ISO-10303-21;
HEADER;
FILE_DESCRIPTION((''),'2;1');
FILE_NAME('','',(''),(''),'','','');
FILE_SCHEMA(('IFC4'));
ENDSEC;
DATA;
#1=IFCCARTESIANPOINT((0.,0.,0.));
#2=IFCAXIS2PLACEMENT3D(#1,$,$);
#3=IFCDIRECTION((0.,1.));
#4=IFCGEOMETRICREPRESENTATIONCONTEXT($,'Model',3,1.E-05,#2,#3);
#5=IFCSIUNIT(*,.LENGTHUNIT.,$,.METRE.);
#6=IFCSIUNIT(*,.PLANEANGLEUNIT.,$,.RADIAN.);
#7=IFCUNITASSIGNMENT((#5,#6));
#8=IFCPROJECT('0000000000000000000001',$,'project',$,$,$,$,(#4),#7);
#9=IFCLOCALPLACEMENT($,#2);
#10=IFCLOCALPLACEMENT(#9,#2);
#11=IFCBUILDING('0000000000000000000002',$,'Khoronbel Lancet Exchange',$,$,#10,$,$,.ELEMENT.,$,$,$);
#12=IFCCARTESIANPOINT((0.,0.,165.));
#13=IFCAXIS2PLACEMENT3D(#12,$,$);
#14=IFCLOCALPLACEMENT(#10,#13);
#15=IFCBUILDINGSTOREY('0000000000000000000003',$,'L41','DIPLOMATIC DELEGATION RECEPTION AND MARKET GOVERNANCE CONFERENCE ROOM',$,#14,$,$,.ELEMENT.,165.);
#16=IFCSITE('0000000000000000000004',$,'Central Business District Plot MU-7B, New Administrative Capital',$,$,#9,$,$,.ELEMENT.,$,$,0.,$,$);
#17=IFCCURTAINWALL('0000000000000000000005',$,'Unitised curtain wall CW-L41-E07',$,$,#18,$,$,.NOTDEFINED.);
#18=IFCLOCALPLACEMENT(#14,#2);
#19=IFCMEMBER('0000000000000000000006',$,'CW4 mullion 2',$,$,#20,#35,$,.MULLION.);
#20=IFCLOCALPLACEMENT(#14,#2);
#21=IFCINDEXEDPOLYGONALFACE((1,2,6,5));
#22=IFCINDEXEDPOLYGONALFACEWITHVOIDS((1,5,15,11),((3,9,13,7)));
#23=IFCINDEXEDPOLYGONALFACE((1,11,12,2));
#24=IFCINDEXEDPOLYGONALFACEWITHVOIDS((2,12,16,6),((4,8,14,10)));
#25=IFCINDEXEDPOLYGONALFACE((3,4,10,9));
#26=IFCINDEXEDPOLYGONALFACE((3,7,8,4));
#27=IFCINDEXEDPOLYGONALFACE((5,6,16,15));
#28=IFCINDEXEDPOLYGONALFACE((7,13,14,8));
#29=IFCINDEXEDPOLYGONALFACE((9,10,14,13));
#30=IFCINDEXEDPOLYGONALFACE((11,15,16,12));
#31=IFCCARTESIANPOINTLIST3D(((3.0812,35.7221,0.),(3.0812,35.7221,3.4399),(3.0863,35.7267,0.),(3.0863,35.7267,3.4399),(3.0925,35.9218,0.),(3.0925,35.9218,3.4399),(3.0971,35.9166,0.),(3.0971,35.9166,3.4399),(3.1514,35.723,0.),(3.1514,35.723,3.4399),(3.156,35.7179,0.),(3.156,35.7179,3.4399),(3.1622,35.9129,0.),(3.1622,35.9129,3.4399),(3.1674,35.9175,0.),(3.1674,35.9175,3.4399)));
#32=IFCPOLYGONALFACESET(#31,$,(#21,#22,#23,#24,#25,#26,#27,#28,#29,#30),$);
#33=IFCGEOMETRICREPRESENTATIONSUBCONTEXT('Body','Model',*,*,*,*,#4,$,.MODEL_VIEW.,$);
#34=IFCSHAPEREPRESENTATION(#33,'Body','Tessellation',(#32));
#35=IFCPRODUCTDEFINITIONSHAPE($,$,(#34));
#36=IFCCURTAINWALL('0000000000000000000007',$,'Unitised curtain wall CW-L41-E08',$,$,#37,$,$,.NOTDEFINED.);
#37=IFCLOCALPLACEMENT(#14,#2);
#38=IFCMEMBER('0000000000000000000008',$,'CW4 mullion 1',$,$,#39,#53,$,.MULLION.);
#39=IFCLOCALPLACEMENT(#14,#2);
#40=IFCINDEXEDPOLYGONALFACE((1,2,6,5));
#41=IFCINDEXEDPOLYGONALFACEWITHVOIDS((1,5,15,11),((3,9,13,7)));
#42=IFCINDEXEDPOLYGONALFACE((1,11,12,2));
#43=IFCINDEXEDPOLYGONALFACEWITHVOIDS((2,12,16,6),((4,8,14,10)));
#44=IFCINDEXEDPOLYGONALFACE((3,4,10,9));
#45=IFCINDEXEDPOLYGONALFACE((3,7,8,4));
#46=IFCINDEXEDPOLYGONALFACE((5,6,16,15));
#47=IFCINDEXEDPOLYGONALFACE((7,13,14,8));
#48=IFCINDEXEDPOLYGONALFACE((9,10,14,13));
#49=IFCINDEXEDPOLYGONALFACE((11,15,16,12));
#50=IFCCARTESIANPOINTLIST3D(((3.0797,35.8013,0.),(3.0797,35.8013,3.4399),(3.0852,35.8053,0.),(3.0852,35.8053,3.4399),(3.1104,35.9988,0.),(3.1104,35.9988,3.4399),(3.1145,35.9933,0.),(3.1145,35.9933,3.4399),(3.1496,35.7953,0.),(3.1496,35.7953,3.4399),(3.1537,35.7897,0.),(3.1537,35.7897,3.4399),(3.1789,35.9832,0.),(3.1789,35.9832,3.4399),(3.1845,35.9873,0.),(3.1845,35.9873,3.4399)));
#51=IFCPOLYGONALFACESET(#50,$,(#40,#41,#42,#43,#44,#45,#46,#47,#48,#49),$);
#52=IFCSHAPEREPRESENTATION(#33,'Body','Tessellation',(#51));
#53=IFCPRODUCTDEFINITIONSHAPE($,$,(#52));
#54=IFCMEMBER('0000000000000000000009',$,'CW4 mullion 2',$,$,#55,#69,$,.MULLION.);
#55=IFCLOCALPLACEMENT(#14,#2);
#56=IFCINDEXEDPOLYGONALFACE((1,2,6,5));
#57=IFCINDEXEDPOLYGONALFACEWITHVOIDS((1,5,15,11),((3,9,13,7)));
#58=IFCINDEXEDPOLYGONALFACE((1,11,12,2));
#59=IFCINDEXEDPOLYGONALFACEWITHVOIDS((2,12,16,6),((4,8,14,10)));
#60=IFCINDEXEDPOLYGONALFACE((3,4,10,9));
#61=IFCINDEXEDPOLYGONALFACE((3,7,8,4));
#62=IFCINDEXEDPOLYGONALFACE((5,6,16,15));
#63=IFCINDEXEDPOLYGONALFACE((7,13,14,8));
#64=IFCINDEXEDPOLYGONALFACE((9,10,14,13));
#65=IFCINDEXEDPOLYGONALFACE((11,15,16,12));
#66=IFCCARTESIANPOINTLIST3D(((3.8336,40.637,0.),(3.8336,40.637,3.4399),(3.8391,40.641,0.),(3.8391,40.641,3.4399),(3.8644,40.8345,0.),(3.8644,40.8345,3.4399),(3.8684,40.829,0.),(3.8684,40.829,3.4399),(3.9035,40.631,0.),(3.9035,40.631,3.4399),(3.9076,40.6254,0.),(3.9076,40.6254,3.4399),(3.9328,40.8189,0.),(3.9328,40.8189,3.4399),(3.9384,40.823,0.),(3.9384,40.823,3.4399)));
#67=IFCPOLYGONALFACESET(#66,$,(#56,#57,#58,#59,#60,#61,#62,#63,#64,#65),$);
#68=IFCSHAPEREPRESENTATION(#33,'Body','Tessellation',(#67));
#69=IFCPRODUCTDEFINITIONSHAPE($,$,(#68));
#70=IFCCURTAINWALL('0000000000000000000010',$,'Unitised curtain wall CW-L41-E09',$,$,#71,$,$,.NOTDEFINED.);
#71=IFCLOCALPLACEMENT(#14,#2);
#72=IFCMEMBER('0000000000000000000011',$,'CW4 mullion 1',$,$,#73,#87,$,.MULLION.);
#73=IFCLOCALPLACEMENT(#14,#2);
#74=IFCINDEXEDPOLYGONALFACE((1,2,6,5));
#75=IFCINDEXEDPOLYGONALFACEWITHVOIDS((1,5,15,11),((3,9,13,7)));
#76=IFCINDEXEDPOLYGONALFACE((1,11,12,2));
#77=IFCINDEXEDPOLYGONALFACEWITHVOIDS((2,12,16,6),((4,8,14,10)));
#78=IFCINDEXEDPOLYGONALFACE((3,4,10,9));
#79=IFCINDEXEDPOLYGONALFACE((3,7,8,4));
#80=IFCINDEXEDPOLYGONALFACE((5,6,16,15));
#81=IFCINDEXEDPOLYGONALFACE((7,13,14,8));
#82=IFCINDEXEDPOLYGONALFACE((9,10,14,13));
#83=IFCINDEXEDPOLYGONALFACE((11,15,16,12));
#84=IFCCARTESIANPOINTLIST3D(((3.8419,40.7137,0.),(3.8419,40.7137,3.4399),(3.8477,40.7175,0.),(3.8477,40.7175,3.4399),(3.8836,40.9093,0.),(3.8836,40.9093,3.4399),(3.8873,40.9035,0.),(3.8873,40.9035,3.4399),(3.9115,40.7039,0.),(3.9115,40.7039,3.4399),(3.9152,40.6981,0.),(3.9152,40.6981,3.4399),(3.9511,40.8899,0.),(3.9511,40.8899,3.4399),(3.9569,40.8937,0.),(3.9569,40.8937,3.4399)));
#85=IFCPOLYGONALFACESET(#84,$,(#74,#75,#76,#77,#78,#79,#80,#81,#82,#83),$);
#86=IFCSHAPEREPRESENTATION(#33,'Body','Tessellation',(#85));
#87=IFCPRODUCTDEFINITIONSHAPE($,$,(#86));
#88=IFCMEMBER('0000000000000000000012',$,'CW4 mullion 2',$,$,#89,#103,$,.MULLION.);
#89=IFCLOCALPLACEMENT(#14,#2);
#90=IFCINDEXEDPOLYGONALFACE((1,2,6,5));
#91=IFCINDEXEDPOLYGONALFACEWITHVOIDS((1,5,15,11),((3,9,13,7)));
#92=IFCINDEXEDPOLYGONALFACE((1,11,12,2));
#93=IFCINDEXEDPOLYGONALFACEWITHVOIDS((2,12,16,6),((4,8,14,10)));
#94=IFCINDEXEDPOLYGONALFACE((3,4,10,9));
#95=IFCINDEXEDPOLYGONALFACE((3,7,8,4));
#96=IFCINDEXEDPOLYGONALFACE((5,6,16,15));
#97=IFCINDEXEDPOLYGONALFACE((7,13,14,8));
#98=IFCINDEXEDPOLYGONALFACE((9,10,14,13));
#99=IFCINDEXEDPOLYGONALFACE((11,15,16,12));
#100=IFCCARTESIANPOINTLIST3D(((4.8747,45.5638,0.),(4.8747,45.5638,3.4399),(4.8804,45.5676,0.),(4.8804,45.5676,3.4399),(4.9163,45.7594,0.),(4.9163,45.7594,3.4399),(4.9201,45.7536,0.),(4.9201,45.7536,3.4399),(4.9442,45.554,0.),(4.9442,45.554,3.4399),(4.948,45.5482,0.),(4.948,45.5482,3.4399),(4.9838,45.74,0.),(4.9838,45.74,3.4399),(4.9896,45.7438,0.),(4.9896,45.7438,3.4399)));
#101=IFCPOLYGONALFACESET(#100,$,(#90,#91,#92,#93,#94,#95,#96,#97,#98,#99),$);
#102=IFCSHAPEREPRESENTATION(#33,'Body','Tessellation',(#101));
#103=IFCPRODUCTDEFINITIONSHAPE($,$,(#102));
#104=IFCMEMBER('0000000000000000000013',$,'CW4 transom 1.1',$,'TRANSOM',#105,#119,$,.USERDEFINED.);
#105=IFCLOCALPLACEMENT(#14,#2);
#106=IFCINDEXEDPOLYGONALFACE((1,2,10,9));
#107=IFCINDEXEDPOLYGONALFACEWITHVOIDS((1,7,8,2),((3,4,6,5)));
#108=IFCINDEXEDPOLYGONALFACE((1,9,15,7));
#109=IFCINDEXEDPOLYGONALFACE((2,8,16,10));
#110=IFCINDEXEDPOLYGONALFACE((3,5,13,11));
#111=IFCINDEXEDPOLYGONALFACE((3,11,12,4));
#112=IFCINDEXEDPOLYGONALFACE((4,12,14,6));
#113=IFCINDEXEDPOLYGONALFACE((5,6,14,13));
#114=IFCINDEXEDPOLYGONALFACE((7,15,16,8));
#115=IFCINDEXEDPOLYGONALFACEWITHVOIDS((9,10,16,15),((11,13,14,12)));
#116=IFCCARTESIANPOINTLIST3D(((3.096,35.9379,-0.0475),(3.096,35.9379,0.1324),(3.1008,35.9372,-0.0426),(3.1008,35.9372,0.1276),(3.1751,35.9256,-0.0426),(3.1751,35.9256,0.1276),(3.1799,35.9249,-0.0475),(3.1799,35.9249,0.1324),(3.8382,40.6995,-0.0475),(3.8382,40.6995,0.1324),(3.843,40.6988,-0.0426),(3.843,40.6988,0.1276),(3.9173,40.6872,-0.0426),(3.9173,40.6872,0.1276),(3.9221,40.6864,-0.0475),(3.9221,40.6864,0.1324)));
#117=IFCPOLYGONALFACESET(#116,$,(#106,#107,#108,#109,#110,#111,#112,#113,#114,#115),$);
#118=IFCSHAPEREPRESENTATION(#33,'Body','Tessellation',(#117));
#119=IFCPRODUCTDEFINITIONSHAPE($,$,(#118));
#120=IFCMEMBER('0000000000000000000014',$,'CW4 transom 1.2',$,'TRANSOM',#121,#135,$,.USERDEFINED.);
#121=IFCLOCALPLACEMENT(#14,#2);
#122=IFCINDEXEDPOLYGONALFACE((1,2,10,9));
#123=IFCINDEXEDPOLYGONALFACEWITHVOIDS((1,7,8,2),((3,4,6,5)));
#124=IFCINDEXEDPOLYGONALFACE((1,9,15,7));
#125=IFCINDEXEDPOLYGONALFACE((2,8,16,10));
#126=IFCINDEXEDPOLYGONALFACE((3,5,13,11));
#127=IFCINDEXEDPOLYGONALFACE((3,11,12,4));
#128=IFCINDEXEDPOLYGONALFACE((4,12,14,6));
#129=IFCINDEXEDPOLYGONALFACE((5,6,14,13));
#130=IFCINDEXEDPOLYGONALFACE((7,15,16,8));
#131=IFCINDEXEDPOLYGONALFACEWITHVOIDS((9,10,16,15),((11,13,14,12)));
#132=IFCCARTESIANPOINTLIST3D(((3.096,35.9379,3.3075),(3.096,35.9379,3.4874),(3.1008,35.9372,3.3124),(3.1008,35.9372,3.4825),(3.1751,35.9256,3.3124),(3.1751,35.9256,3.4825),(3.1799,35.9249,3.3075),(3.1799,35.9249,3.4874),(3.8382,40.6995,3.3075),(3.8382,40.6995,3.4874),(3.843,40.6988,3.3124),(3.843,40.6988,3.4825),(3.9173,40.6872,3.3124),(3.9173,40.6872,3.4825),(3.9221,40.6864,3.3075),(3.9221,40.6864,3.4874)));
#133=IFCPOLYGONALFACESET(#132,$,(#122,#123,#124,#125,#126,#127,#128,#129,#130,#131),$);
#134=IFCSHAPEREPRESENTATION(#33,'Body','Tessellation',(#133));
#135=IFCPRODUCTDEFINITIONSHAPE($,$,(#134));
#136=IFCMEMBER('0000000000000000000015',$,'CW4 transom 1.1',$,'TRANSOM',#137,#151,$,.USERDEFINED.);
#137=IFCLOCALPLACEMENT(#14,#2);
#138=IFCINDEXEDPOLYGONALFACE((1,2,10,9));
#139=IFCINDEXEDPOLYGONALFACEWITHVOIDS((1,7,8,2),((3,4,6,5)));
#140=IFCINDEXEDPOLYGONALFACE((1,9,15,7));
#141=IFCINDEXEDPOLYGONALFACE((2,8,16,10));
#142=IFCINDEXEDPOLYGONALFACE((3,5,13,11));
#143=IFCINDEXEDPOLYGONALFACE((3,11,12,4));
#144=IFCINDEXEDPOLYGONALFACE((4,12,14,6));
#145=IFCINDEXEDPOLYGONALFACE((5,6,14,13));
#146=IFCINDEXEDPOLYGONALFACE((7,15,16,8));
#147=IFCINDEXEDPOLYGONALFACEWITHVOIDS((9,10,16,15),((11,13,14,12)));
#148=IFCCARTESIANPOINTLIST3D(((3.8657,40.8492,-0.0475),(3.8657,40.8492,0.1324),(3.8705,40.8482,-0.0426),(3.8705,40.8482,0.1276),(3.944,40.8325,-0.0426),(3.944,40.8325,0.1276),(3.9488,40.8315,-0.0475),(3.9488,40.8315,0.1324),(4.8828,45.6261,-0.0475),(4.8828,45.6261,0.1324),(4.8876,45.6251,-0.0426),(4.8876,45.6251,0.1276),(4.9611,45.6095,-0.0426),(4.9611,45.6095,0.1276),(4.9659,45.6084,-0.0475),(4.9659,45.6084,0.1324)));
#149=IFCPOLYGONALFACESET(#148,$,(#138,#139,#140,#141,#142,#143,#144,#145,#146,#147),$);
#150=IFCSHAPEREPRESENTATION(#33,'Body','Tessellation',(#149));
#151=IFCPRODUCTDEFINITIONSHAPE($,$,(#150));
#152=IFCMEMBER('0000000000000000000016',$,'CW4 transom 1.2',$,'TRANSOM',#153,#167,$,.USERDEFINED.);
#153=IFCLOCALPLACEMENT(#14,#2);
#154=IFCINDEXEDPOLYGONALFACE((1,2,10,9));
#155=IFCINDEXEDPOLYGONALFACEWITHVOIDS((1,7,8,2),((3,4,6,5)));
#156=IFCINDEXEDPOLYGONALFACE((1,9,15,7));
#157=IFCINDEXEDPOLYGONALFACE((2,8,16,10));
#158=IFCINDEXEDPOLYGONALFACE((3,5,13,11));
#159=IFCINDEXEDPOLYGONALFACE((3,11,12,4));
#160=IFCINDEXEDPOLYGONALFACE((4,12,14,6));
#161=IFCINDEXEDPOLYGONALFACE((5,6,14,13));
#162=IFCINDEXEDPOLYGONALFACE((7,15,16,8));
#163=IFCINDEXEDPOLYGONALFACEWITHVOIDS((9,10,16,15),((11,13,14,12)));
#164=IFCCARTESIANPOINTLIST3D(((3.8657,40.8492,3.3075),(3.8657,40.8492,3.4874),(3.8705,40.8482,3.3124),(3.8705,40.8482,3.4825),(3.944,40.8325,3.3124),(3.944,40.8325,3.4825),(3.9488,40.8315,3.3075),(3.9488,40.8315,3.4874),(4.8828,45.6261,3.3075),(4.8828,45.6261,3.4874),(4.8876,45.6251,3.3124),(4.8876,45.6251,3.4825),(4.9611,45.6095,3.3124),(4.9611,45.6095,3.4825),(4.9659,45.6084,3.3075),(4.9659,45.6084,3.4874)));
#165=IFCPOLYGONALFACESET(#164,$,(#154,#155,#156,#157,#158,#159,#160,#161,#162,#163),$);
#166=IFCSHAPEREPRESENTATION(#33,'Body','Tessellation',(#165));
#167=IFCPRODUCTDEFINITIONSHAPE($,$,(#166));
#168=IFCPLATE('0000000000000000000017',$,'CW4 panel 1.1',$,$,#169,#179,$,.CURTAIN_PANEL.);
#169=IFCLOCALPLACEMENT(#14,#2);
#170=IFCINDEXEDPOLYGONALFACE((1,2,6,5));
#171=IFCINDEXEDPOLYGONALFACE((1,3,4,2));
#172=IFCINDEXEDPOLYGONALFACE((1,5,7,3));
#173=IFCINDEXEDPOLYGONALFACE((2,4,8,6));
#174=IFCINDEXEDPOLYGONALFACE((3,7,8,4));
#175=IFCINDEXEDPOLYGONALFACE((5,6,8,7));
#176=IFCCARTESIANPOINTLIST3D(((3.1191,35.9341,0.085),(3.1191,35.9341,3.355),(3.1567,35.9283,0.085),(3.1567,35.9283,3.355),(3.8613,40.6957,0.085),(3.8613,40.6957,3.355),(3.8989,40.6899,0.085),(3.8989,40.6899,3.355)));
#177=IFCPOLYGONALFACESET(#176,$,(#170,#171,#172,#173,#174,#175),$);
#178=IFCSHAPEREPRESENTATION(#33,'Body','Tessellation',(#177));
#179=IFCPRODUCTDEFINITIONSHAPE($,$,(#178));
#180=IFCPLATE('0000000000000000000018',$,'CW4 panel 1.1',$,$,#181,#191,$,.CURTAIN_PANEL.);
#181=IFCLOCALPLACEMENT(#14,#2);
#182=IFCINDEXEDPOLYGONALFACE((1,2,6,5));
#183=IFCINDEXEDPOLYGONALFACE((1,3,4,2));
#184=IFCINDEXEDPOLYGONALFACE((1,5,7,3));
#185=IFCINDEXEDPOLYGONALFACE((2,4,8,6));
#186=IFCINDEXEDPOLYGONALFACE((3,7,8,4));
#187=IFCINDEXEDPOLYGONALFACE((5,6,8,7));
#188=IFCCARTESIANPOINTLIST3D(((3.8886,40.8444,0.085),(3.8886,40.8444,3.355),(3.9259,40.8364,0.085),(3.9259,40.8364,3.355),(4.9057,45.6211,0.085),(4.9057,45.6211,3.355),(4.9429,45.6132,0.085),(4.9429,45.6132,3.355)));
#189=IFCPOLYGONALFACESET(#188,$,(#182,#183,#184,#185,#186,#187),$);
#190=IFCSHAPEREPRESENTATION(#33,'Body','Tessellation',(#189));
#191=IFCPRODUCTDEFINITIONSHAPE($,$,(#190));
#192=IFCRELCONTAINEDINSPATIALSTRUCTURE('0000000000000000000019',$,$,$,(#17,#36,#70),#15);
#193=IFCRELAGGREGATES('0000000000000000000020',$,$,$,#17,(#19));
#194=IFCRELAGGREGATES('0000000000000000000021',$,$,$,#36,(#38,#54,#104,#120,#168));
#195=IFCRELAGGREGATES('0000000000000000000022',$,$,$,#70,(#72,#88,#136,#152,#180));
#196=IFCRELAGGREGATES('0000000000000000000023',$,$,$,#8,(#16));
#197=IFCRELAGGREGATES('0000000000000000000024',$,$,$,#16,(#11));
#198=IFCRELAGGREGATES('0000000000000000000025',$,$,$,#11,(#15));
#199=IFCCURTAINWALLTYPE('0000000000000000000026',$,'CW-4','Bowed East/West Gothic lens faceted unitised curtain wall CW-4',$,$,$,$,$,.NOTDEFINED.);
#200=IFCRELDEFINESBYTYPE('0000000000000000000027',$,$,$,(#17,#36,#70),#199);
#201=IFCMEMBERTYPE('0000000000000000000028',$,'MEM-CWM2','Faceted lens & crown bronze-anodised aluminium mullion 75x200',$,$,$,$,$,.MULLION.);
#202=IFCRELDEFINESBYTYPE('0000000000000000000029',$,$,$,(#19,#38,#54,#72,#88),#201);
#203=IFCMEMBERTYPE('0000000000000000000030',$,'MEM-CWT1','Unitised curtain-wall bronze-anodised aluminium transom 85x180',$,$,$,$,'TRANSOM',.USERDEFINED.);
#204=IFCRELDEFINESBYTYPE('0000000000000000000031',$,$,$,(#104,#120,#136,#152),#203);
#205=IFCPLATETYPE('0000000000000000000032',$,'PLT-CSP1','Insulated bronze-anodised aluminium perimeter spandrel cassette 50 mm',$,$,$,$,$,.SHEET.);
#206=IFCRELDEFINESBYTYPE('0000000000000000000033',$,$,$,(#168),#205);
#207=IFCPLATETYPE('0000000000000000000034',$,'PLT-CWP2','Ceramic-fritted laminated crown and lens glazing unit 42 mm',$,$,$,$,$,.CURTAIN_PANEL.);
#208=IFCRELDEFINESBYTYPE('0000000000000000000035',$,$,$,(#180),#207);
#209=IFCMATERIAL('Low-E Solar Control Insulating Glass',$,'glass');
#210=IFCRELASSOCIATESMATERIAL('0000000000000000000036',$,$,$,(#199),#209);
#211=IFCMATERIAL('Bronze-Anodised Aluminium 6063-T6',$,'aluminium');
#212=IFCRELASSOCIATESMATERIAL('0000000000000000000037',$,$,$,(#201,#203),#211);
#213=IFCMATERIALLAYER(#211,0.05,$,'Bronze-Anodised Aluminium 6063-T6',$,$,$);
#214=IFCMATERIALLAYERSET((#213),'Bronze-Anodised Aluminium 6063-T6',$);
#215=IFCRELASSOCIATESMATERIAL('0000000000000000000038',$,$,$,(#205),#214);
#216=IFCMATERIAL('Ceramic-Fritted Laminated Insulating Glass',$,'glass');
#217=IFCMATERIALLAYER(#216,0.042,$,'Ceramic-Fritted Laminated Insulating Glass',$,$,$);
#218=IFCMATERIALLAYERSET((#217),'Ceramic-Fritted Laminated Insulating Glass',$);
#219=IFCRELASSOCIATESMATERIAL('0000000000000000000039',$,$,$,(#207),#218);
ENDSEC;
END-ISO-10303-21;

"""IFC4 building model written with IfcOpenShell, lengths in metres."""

from ifc_helpers import new_model, si_unit, direction, frame, origin, origin_2d, place, context, subcontext, project, spatial, rectangle, hollow_rectangle, extrude, material, layer, layer_set, material_profile, profile_set, type_object, element, aggregate, save


model = new_model("IFC4")

# Units and contexts
model_context = context("Model", 3, precision=1e-05, world=origin(), true_north=direction((0.0, 1.0)))
body_context = subcontext(model_context, "Body", "Model", "MODEL_VIEW")
ifc_project = project(units=[si_unit("LENGTHUNIT", "METRE"), si_unit("PLANEANGLEUNIT", "RADIAN")], contexts=[model_context])

# Site, building, storey
site_placement = place(None, origin())
site = spatial("IfcSite", under=ifc_project, at=site_placement, Name="Central Business District Plot MU-7B, New Administrative Capital", CompositionType="ELEMENT", RefElevation=0.0)
building_placement = place(site_placement, origin())
building = spatial("IfcBuilding", under=site, at=building_placement, Name="Khoronbel Lancet Exchange", CompositionType="ELEMENT")
storey_placement = place(building_placement, frame((0.0, 0.0, 165.0)))
storey = spatial("IfcBuildingStorey", under=building, at=storey_placement, Name="L41", Description="DIPLOMATIC DELEGATION RECEPTION AND MARKET GOVERNANCE CONFERENCE ROOM", CompositionType="ELEMENT", Elevation=165.0)

# Curtain wall, member
ifc_material_1 = material(Name="Low-E Solar Control Insulating Glass", Category="glass")
curtain_wall_type = type_object("IfcCurtainWallType", Name="CW-4", Description="Bowed East/West Gothic lens faceted unitised curtain wall CW-4", PredefinedType="NOTDEFINED", material=ifc_material_1)
curtain_wall_1_placement = place(storey_placement, origin())
curtain_wall_1 = element("IfcCurtainWall", 1, at=curtain_wall_1_placement, inside=storey, type_object=curtain_wall_type, Name="Unitised curtain wall CW-L41-E07", PredefinedType="NOTDEFINED")
ifc_material_2 = material(Name="Bronze-Anodised Aluminium 6063-T6", Category="aluminium")
ifc_material_profile_1 = material_profile(ifc_material_2, hollow_rectangle(XDim=0.075, YDim=0.2, WallThickness=0.0049, at=origin_2d()), Name="ALU MULLION 75x200")
ifc_profile_set_1 = profile_set([ifc_material_profile_1], Name="Bronze-Anodised Aluminium 6063-T6")
member_type_1 = type_object("IfcMemberType", Name="MEM-CWM2", Description="Faceted lens & crown bronze-anodised aluminium mullion 75x200", PredefinedType="MULLION", material=ifc_profile_set_1)
member_1_placement = place(storey_placement, frame((3.1243, 35.8198, 0.0), z_axis=(0.0, 0.0, 1.0), x_axis=(-0.998376, 0.056966, 0.0)))
member_1 = element("IfcMember", 2, at=member_1_placement, type_object=member_type_1, Name="CW4 mullion 2", PredefinedType="MULLION", context=body_context, shape_type="SweptSolid", body=[
    extrude(hollow_rectangle(XDim=0.075, YDim=0.2, WallThickness=0.0049, at=origin_2d()), origin(), (0.0, 0.0, 1.0), 3.4399),
])
aggregate(curtain_wall_1, [member_1])

# Curtain walls, members
curtain_wall_2_placement = place(storey_placement, origin())
curtain_wall_2 = element("IfcCurtainWall", 3, at=curtain_wall_2_placement, inside=storey, type_object=curtain_wall_type, Name="Unitised curtain wall CW-L41-E08", PredefinedType="NOTDEFINED")
member_2_placement = place(storey_placement, frame((3.1321, 35.8943, 0.0), z_axis=(0.0, 0.0, 1.0), x_axis=(-0.988069, 0.154012, 0.0)))
member_2 = element("IfcMember", 4, at=member_2_placement, type_object=member_type_1, Name="CW4 mullion 1", PredefinedType="MULLION", context=body_context, shape_type="SweptSolid", body=[
    extrude(hollow_rectangle(XDim=0.075, YDim=0.2, WallThickness=0.0049, at=origin_2d()), origin(), (0.0, 0.0, 1.0), 3.4399),
])
member_3_placement = place(storey_placement, frame((3.886, 40.73, 0.0), z_axis=(0.0, 0.0, 1.0), x_axis=(-0.988069, 0.154012, 0.0)))
member_3 = element("IfcMember", 5, at=member_3_placement, type_object=member_type_1, Name="CW4 mullion 2", PredefinedType="MULLION", context=body_context, shape_type="SweptSolid", body=[
    extrude(hollow_rectangle(XDim=0.075, YDim=0.2, WallThickness=0.0049, at=origin_2d()), origin(), (0.0, 0.0, 1.0), 3.4399),
])
curtain_wall_3_placement = place(storey_placement, origin())
curtain_wall_3 = element("IfcCurtainWall", 6, at=curtain_wall_3_placement, inside=storey, type_object=curtain_wall_type, Name="Unitised curtain wall CW-L41-E09", PredefinedType="NOTDEFINED")
member_4_placement = place(storey_placement, frame((3.8994, 40.8037, 0.0), z_axis=(0.0, 0.0, 1.0), x_axis=(-0.978076, 0.20825, 0.0)))
member_4 = element("IfcMember", 7, at=member_4_placement, type_object=member_type_1, Name="CW4 mullion 1", PredefinedType="MULLION", context=body_context, shape_type="SweptSolid", body=[
    extrude(hollow_rectangle(XDim=0.075, YDim=0.2, WallThickness=0.0049, at=origin_2d()), origin(), (0.0, 0.0, 1.0), 3.4399),
])
member_5_placement = place(storey_placement, frame((4.9321, 45.6538, 0.0), z_axis=(0.0, 0.0, 1.0), x_axis=(-0.978076, 0.20825, 0.0)))
member_5 = element("IfcMember", 8, at=member_5_placement, type_object=member_type_1, Name="CW4 mullion 2", PredefinedType="MULLION", context=body_context, shape_type="SweptSolid", body=[
    extrude(hollow_rectangle(XDim=0.075, YDim=0.2, WallThickness=0.0049, at=origin_2d()), origin(), (0.0, 0.0, 1.0), 3.4399),
])

# Members
ifc_material_profile_2 = material_profile(ifc_material_2, hollow_rectangle(XDim=0.085, YDim=0.1799, WallThickness=0.0049, at=origin_2d()), Name="ALU TRANSOM 85x180")
ifc_profile_set_2 = profile_set([ifc_material_profile_2], Name="Bronze-Anodised Aluminium 6063-T6")
member_type_2 = type_object("IfcMemberType", Name="MEM-CWT1", Description="Unitised curtain-wall bronze-anodised aluminium transom 85x180", ElementType="TRANSOM", PredefinedType="USERDEFINED", material=ifc_profile_set_2)
member_6_placement = place(storey_placement, frame((3.1379, 35.9314, 0.0425), z_axis=(0.154014, 0.988069, 0.0), x_axis=(-0.988069, 0.154014, 0.0)))
member_6 = element("IfcMember", 9, at=member_6_placement, type_object=member_type_2, Name="CW4 transom 1.1", ObjectType="TRANSOM", PredefinedType="USERDEFINED", context=body_context, shape_type="SweptSolid", body=[
    extrude(hollow_rectangle(XDim=0.085, YDim=0.1799, WallThickness=0.0049, at=origin_2d()), origin(), (0.0, 0.0, 1.0), 4.8191),
])
member_7_placement = place(storey_placement, frame((3.1379, 35.9314, 3.3975), z_axis=(0.154014, 0.988069, 0.0), x_axis=(-0.988069, 0.154014, 0.0)))
member_7 = element("IfcMember", 10, at=member_7_placement, type_object=member_type_2, Name="CW4 transom 1.2", ObjectType="TRANSOM", PredefinedType="USERDEFINED", context=body_context, shape_type="SweptSolid", body=[
    extrude(hollow_rectangle(XDim=0.085, YDim=0.1799, WallThickness=0.0049, at=origin_2d()), origin(), (0.0, 0.0, 1.0), 4.8191),
])
member_8_placement = place(storey_placement, frame((3.9072, 40.8403, 0.0425), z_axis=(0.208252, 0.978075, 0.0), x_axis=(-0.978075, 0.208252, 0.0)))
member_8 = element("IfcMember", 11, at=member_8_placement, type_object=member_type_2, Name="CW4 transom 1.1", ObjectType="TRANSOM", PredefinedType="USERDEFINED", context=body_context, shape_type="SweptSolid", body=[
    extrude(hollow_rectangle(XDim=0.085, YDim=0.1799, WallThickness=0.0049, at=origin_2d()), origin(), (0.0, 0.0, 1.0), 4.884),
])
member_9_placement = place(storey_placement, frame((3.9072, 40.8403, 3.3975), z_axis=(0.208252, 0.978075, 0.0), x_axis=(-0.978075, 0.208252, 0.0)))
member_9 = element("IfcMember", 12, at=member_9_placement, type_object=member_type_2, Name="CW4 transom 1.2", ObjectType="TRANSOM", PredefinedType="USERDEFINED", context=body_context, shape_type="SweptSolid", body=[
    extrude(hollow_rectangle(XDim=0.085, YDim=0.1799, WallThickness=0.0049, at=origin_2d()), origin(), (0.0, 0.0, 1.0), 4.884),
])

# Plates
ifc_layer_1 = layer(ifc_material_2, 0.05, Name="Bronze-Anodised Aluminium 6063-T6")
ifc_layer_set_1 = layer_set([ifc_layer_1], Name="Bronze-Anodised Aluminium 6063-T6")
plate_type_1 = type_object("IfcPlateType", Name="PLT-CSP1", Description="Insulated bronze-anodised aluminium perimeter spandrel cassette 50 mm", PredefinedType="SHEET", material=ifc_layer_set_1)
plate_1_placement = place(storey_placement, frame((3.509, 38.312, 0.085), z_axis=(0.0, 0.0, 1.0), x_axis=(0.154012, 0.988069, 0.0)))
plate_1 = element("IfcPlate", 13, at=plate_1_placement, type_object=plate_type_1, Name="CW4 panel 1.1", PredefinedType="CURTAIN_PANEL", context=body_context, shape_type="SweptSolid", body=[
    extrude(rectangle(XDim=4.8191, YDim=0.0381, at=origin_2d()), origin(), (0.0, 0.0, 1.0), 3.27),
])
aggregate(curtain_wall_2, [member_2, member_3, member_6, member_7, plate_1])
ifc_material_3 = material(Name="Ceramic-Fritted Laminated Insulating Glass", Category="glass")
ifc_layer_2 = layer(ifc_material_3, 0.042, Name="Ceramic-Fritted Laminated Insulating Glass")
ifc_layer_set_2 = layer_set([ifc_layer_2], Name="Ceramic-Fritted Laminated Insulating Glass")
plate_type_2 = type_object("IfcPlateType", Name="PLT-CWP2", Description="Ceramic-fritted laminated crown and lens glazing unit 42 mm", PredefinedType="CURTAIN_PANEL", material=ifc_layer_set_2)
plate_2_placement = place(storey_placement, frame((4.4158, 43.2288, 0.085), z_axis=(0.0, 0.0, 1.0), x_axis=(0.20825, 0.978076, 0.0)))
plate_2 = element("IfcPlate", 14, at=plate_2_placement, type_object=plate_type_2, Name="CW4 panel 1.1", PredefinedType="CURTAIN_PANEL", context=body_context, shape_type="SweptSolid", body=[
    extrude(rectangle(XDim=4.8838, YDim=0.0381, at=origin_2d()), origin(), (0.0, 0.0, 1.0), 3.27),
])
aggregate(curtain_wall_3, [member_4, member_5, member_8, member_9, plate_2])

save(model, "model.ifc")
